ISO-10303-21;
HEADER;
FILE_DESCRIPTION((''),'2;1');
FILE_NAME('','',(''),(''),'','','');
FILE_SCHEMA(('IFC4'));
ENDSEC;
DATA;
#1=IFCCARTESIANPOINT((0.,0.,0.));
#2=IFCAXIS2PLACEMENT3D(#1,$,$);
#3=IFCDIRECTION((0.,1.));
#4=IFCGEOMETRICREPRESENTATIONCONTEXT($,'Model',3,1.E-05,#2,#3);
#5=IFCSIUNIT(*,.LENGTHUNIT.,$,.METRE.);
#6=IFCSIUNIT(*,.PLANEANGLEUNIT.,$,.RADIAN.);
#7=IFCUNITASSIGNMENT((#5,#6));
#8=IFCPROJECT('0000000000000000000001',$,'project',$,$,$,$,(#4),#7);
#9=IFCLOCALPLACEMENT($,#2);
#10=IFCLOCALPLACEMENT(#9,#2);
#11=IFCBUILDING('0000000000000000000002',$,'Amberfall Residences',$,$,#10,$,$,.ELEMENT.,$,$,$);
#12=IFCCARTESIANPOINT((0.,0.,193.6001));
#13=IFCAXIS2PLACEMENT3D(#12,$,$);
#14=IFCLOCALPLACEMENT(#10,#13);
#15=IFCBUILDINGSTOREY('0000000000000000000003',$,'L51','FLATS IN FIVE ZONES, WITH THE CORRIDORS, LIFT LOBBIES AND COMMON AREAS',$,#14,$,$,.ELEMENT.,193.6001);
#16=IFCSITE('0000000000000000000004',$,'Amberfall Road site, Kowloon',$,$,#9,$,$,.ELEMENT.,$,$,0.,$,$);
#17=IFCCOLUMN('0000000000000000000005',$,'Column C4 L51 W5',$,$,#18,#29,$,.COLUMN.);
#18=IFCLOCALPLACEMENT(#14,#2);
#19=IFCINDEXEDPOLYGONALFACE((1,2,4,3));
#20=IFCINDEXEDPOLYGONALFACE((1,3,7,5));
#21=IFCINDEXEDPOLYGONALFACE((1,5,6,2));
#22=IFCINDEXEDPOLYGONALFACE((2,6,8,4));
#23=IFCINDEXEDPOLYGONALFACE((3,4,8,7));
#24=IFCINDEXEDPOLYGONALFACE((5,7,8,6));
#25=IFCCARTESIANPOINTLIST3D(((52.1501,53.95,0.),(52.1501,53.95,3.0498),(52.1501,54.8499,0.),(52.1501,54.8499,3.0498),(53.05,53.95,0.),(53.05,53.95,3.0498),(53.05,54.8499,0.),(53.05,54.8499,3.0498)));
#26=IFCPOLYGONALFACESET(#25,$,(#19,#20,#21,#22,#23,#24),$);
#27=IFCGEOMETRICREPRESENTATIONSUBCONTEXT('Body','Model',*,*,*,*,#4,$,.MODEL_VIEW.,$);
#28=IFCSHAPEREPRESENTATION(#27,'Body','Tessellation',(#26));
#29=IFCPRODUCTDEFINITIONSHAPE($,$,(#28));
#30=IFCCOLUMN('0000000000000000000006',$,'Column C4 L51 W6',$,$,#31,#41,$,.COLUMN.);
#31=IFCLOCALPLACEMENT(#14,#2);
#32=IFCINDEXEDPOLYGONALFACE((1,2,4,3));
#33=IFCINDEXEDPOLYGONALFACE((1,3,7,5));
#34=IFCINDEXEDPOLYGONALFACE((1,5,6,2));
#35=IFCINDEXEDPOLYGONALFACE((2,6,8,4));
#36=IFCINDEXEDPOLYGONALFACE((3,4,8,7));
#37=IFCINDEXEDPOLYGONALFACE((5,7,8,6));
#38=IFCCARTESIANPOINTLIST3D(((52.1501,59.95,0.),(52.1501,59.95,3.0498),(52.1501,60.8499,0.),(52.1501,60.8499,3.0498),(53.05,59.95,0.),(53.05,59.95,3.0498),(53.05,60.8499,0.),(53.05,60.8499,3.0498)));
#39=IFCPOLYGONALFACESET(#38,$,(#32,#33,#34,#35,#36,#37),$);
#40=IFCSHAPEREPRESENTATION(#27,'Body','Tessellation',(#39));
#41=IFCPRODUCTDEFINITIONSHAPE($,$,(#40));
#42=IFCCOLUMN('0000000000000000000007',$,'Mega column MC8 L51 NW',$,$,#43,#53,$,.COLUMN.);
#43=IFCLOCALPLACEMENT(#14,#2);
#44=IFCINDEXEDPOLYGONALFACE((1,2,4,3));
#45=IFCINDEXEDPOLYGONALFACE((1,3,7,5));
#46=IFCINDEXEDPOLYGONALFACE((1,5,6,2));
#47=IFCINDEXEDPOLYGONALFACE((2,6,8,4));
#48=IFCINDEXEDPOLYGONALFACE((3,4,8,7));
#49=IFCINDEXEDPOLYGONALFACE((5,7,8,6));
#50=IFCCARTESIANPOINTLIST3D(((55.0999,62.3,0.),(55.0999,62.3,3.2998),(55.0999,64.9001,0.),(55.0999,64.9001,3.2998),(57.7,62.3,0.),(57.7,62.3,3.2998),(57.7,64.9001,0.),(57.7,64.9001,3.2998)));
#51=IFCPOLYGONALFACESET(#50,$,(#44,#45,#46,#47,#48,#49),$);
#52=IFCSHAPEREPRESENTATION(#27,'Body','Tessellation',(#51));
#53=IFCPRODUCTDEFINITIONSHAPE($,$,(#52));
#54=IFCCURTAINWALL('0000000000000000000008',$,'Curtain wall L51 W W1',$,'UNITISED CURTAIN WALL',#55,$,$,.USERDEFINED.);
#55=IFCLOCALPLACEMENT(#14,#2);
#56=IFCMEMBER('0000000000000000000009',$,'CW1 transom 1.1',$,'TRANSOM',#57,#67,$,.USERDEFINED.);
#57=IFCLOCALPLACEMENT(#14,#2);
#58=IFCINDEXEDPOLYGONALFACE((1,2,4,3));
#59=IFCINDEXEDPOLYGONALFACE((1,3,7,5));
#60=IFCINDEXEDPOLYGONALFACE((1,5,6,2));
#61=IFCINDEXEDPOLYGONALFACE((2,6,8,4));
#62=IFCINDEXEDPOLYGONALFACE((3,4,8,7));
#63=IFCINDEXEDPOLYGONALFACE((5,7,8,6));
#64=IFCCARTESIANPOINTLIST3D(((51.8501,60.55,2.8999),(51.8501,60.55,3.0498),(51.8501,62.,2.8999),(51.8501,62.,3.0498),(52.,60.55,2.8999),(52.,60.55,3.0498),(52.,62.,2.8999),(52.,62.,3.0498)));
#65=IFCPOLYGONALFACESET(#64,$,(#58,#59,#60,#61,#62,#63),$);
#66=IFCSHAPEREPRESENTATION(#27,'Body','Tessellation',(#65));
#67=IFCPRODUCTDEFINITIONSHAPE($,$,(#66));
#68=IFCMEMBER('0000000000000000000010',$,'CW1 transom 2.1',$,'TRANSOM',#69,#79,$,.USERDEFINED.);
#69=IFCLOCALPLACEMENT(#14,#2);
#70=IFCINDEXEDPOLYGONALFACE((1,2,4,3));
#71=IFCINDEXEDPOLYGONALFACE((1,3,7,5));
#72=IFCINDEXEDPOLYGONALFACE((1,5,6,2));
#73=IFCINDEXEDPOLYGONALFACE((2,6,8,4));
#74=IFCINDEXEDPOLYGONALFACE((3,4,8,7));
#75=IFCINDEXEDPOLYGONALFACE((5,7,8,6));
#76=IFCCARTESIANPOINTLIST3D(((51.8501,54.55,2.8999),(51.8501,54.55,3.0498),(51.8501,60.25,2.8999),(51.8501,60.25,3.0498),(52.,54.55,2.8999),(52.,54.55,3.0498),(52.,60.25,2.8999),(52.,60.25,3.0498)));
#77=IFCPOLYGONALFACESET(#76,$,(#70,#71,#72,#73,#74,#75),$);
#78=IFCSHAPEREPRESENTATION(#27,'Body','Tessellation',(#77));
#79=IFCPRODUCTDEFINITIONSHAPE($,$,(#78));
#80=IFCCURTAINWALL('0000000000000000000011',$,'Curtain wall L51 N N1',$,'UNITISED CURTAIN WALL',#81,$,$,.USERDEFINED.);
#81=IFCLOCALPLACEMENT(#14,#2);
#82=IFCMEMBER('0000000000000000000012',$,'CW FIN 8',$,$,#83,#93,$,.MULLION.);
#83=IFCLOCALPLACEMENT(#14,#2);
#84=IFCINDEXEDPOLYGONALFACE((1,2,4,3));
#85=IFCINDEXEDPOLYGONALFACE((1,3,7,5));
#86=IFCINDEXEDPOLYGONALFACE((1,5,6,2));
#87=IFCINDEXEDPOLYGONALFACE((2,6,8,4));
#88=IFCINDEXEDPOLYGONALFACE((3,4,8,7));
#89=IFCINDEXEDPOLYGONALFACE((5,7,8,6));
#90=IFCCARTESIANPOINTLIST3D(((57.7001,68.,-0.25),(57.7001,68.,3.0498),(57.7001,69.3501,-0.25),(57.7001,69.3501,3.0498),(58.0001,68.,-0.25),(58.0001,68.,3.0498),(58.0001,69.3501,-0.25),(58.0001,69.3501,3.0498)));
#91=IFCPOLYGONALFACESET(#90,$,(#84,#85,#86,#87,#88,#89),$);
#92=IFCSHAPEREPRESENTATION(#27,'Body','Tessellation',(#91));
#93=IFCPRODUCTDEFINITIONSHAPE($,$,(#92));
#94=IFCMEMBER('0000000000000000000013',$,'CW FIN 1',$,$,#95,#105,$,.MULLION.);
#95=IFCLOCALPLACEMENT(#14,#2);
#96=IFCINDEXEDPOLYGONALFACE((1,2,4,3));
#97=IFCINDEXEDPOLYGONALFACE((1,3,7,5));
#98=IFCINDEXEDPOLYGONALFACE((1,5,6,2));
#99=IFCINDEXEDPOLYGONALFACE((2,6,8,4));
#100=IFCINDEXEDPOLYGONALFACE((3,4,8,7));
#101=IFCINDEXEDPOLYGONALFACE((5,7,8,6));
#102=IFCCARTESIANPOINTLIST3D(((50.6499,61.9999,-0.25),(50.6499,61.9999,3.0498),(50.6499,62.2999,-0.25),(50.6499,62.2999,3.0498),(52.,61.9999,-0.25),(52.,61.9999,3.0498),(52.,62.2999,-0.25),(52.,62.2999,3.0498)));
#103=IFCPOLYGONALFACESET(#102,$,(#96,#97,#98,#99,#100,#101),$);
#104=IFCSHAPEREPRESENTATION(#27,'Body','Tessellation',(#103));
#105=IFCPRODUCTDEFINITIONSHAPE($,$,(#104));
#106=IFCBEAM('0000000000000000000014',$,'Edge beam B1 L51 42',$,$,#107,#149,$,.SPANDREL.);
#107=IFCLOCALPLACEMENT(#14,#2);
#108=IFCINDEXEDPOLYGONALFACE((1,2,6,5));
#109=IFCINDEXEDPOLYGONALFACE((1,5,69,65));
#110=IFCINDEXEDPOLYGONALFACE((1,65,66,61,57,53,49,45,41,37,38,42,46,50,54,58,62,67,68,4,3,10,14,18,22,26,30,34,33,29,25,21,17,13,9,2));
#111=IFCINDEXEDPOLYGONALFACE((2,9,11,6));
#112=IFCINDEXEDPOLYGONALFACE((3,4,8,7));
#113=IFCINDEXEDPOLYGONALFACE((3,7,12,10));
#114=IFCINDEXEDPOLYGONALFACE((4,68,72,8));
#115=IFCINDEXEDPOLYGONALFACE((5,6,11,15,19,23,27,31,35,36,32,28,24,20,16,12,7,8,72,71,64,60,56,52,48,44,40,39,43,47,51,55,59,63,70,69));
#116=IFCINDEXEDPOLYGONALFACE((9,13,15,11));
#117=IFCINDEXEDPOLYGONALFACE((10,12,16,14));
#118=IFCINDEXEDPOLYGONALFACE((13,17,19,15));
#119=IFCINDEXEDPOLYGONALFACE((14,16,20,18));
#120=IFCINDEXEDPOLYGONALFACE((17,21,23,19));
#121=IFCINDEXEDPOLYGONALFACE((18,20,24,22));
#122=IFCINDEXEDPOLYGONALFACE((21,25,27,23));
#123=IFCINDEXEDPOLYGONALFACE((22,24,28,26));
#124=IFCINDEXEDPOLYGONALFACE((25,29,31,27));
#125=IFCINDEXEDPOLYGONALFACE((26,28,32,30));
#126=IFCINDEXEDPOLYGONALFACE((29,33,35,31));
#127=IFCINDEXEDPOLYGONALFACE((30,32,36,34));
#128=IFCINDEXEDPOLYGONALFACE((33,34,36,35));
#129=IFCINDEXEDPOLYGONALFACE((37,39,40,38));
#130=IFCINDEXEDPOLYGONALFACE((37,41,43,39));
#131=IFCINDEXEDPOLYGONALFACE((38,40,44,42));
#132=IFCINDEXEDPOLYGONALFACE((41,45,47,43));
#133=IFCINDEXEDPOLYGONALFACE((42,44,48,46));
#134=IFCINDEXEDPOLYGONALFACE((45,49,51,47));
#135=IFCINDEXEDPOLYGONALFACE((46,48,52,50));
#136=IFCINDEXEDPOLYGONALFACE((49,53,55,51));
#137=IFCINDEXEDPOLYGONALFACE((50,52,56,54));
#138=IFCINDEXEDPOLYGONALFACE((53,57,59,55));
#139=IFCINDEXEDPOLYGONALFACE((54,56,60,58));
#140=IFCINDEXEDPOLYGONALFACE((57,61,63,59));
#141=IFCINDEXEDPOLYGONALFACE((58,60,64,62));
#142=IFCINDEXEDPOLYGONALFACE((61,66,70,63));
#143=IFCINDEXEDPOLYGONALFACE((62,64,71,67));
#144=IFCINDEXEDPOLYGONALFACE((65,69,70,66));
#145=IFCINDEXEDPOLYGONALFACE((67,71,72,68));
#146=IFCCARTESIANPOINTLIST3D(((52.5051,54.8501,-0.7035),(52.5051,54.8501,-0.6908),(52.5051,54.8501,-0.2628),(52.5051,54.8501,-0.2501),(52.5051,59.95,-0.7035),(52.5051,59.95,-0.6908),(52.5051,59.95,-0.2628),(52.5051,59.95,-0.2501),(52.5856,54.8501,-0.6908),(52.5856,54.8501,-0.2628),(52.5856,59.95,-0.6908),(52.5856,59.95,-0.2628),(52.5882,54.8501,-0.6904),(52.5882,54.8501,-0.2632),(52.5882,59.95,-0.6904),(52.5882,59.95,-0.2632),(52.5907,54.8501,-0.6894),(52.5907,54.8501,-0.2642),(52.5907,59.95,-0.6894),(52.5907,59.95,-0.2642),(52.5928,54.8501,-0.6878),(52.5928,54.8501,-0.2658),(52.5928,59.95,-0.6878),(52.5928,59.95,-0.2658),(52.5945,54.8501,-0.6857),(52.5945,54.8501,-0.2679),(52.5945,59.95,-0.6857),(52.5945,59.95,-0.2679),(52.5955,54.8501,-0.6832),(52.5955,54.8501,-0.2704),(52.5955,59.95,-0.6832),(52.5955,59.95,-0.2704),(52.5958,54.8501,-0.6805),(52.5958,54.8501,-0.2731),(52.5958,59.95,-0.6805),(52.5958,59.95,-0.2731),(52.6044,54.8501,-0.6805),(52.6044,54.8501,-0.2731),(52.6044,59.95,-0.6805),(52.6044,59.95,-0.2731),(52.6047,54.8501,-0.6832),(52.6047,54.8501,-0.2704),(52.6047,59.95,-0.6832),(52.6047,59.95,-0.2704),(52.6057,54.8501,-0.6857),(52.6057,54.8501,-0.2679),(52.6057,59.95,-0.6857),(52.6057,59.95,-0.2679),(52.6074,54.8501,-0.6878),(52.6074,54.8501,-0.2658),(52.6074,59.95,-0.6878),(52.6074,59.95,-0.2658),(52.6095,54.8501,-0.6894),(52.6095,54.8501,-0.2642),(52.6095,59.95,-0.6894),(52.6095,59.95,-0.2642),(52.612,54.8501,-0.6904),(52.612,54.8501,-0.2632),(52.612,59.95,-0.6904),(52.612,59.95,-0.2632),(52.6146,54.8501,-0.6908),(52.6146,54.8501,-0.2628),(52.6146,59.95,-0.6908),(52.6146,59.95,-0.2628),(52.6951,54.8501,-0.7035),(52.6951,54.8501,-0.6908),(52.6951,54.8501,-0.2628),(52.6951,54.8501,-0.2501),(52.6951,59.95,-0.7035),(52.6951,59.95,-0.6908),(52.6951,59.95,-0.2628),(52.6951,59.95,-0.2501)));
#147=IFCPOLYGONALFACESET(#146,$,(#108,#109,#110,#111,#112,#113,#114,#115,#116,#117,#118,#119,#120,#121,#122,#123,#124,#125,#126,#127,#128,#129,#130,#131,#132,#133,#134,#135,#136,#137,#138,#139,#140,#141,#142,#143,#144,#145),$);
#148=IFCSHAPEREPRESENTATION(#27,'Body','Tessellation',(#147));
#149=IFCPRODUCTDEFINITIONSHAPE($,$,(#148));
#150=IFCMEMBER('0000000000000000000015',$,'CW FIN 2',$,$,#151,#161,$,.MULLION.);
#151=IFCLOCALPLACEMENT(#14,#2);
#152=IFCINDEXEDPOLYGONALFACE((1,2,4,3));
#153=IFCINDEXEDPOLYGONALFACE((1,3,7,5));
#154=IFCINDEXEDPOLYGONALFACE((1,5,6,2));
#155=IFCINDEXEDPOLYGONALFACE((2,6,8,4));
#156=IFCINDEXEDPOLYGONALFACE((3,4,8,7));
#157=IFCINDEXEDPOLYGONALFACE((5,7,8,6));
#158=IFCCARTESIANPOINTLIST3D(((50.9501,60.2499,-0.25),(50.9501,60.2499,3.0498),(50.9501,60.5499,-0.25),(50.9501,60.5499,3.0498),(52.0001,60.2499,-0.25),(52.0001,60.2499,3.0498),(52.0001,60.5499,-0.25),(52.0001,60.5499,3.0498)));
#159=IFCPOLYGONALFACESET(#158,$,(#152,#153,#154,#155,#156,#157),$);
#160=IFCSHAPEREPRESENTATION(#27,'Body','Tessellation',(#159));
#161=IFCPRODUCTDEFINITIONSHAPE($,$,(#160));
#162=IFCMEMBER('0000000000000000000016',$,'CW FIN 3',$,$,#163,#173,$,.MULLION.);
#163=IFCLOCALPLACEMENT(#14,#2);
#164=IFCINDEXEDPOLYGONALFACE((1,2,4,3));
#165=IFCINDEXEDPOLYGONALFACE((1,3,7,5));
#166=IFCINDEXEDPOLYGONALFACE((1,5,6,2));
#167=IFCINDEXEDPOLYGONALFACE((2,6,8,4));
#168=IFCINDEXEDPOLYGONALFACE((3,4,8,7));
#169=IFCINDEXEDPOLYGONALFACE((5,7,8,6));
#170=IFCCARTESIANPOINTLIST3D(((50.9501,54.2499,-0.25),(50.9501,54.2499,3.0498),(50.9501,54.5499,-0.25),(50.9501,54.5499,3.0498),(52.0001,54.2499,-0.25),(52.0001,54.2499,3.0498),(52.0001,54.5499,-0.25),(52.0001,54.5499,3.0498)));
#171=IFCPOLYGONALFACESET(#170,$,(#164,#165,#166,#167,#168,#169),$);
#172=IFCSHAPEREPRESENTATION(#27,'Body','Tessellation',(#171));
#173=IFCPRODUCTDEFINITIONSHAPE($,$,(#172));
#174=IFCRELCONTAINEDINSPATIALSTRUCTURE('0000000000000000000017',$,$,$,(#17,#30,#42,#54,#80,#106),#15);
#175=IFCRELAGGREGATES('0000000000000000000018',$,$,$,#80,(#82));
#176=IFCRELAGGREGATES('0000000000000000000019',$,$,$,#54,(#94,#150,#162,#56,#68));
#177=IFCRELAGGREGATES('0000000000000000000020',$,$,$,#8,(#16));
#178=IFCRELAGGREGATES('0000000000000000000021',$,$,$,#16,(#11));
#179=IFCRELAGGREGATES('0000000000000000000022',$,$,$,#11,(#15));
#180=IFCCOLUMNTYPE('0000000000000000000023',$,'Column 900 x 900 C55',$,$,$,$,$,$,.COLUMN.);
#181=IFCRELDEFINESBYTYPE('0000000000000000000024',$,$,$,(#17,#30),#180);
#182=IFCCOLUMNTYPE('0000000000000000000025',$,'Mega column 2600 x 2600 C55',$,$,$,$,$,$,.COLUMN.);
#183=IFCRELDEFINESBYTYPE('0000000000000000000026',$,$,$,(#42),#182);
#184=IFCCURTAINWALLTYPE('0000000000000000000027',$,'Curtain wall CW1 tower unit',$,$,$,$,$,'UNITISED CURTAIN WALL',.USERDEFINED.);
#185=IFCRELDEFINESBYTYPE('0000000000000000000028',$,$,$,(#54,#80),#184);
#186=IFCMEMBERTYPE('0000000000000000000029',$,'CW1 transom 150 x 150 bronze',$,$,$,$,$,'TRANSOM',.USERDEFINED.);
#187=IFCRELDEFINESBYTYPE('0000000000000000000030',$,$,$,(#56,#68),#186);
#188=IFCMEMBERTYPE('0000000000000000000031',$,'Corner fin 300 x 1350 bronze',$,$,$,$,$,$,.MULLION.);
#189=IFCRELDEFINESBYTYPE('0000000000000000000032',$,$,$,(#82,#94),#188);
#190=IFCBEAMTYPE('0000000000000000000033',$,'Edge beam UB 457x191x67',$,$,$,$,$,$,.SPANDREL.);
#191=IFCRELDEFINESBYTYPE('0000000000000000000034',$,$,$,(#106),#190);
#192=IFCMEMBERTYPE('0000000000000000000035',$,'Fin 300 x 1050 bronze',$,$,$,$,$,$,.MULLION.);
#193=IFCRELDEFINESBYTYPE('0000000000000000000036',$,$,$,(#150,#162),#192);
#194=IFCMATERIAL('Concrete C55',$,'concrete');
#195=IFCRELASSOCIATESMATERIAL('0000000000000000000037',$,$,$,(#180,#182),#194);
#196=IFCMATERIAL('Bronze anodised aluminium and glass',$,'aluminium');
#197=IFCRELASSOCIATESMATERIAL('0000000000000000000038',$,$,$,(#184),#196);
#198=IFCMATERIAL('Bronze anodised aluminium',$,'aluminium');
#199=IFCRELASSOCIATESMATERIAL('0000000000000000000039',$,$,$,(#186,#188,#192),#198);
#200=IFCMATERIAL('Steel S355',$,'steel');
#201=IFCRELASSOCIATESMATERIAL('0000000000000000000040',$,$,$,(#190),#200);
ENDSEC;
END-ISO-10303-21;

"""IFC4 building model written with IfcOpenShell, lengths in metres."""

from ifc_helpers import new_model, si_unit, direction, frame, origin, origin_2d, place, context, subcontext, project, spatial, rectangle, i_section, extrude, material, material_profile, profile_set, type_object, element, aggregate, save


model = new_model("IFC4")

# Units and contexts
model_context = context("Model", 3, precision=1e-05, world=origin(), true_north=direction((0.0, 1.0)))
body_context = subcontext(model_context, "Body", "Model", "MODEL_VIEW")
ifc_project = project(units=[si_unit("LENGTHUNIT", "METRE"), si_unit("PLANEANGLEUNIT", "RADIAN")], contexts=[model_context])

# Site, building, storey
site_placement = place(None, origin())
site = spatial("IfcSite", under=ifc_project, at=site_placement, Name="Amberfall Road site, Kowloon", CompositionType="ELEMENT", RefElevation=0.0)
building_placement = place(site_placement, origin())
building = spatial("IfcBuilding", under=site, at=building_placement, Name="Amberfall Residences", CompositionType="ELEMENT")
storey_placement = place(building_placement, frame((0.0, 0.0, 193.6001)))
storey = spatial("IfcBuildingStorey", under=building, at=storey_placement, Name="L51", Description="FLATS IN FIVE ZONES, WITH THE CORRIDORS, LIFT LOBBIES AND COMMON AREAS", CompositionType="ELEMENT", Elevation=193.6001)

# Columns
ifc_material_1 = material(Name="Concrete C55", Category="concrete")
ifc_material_profile_1 = material_profile(ifc_material_1, rectangle(XDim=0.8999, YDim=0.8999, at=origin_2d()), Name="Column 900 x 900 C55")
ifc_profile_set_1 = profile_set([ifc_material_profile_1], Name="Concrete C55")
column_type_1 = type_object("IfcColumnType", Name="Column 900 x 900 C55", PredefinedType="COLUMN", material=ifc_profile_set_1)
for number, where, z_axis, x_axis, name in (
    (1, (52.6001, 54.3999, 0.0), (0.0, 0.0, 1.0), (1.0, 0.0, 0.0), "Column C4 L51 W5"),
    (2, (52.6001, 60.3999, 0.0), (0.0, 0.0, 1.0), (1.0, 0.0, 0.0), "Column C4 L51 W6"),
):
    element("IfcColumn", number, at=place(storey_placement, frame(where, z_axis=z_axis, x_axis=x_axis)), inside=storey, type_object=column_type_1, Name=name, PredefinedType="COLUMN", context=body_context, shape_type="SweptSolid", body=[
        extrude(rectangle(XDim=0.8999, YDim=0.8999, at=origin_2d()), origin(), (0.0, 0.0, 1.0), 3.0498),
    ])
ifc_material_profile_2 = material_profile(ifc_material_1, rectangle(XDim=2.6001, YDim=2.6001, at=origin_2d()), Name="Mega column 2600 x 2600 C55")
ifc_profile_set_2 = profile_set([ifc_material_profile_2], Name="Concrete C55")
column_type_2 = type_object("IfcColumnType", Name="Mega column 2600 x 2600 C55", PredefinedType="COLUMN", material=ifc_profile_set_2)
column_placement = place(storey_placement, frame((56.3999, 63.6001, 0.0), z_axis=(0.0, 0.0, 1.0), x_axis=(1.0, 0.0, 0.0)))
element("IfcColumn", 3, at=column_placement, inside=storey, type_object=column_type_2, Name="Mega column MC8 L51 NW", PredefinedType="COLUMN", context=body_context, shape_type="SweptSolid", body=[
    extrude(rectangle(XDim=2.6001, YDim=2.6001, at=origin_2d()), origin(), (0.0, 0.0, 1.0), 3.2998),
])

# Curtain wall, members
ifc_material_2 = material(Name="Bronze anodised aluminium and glass", Category="aluminium")
curtain_wall_type = type_object("IfcCurtainWallType", Name="Curtain wall CW1 tower unit", ElementType="UNITISED CURTAIN WALL", PredefinedType="USERDEFINED", material=ifc_material_2)
curtain_wall_1_placement = place(storey_placement, origin())
curtain_wall_1 = element("IfcCurtainWall", 4, at=curtain_wall_1_placement, inside=storey, type_object=curtain_wall_type, Name="Curtain wall L51 W W1", ObjectType="UNITISED CURTAIN WALL", PredefinedType="USERDEFINED")
ifc_material_3 = material(Name="Bronze anodised aluminium", Category="aluminium")
ifc_material_profile_3 = material_profile(ifc_material_3, rectangle(XDim=0.1499, YDim=0.1499, at=origin_2d()), Name="CW1 transom 150 x 150 bronze")
ifc_profile_set_3 = profile_set([ifc_material_profile_3], Name="Bronze anodised aluminium")
member_type_1 = type_object("IfcMemberType", Name="CW1 transom 150 x 150 bronze", ElementType="TRANSOM", PredefinedType="USERDEFINED", material=ifc_profile_set_3)
member_1_placement = place(storey_placement, frame((51.925, 62.0, 2.9749), z_axis=(0.0, -1.0, 0.0), x_axis=(1.0, 0.0, 0.0)))
member_1 = element("IfcMember", 5, at=member_1_placement, type_object=member_type_1, Name="CW1 transom 1.1", ObjectType="TRANSOM", PredefinedType="USERDEFINED", context=body_context, shape_type="SweptSolid", body=[
    extrude(rectangle(XDim=0.1499, YDim=0.1499, at=origin_2d()), origin(), (0.0, 0.0, 1.0), 1.45),
])
member_2_placement = place(storey_placement, frame((51.925, 60.25, 2.9749), z_axis=(0.0, -1.0, 0.0), x_axis=(1.0, 0.0, 0.0)))
member_2 = element("IfcMember", 6, at=member_2_placement, type_object=member_type_1, Name="CW1 transom 2.1", ObjectType="TRANSOM", PredefinedType="USERDEFINED", context=body_context, shape_type="SweptSolid", body=[
    extrude(rectangle(XDim=0.1499, YDim=0.1499, at=origin_2d()), origin(), (0.0, 0.0, 1.0), 5.7),
])

# Curtain wall, member
curtain_wall_2_placement = place(storey_placement, origin())
curtain_wall_2 = element("IfcCurtainWall", 7, at=curtain_wall_2_placement, inside=storey, type_object=curtain_wall_type, Name="Curtain wall L51 N N1", ObjectType="UNITISED CURTAIN WALL", PredefinedType="USERDEFINED")
ifc_material_profile_4 = material_profile(ifc_material_3, rectangle(XDim=1.3501, YDim=0.3, at=origin_2d()), Name="Corner fin 300 x 1350 bronze")
ifc_profile_set_4 = profile_set([ifc_material_profile_4], Name="Bronze anodised aluminium")
member_type_2 = type_object("IfcMemberType", Name="Corner fin 300 x 1350 bronze", PredefinedType="MULLION", material=ifc_profile_set_4)
member_3_placement = place(storey_placement, frame((57.8501, 68.675, -0.25), z_axis=(0.0, 0.0, 1.0), x_axis=(0.0, -1.0, 0.0)))
member_3 = element("IfcMember", 8, at=member_3_placement, type_object=member_type_2, Name="CW FIN 8", PredefinedType="MULLION", context=body_context, shape_type="SweptSolid", body=[
    extrude(rectangle(XDim=1.3501, YDim=0.3, at=origin_2d()), origin(), (0.0, 0.0, 1.0), 3.2998),
])

# Member
member_4_placement = place(storey_placement, frame((51.325, 62.1499, -0.25), z_axis=(0.0, 0.0, 1.0), x_axis=(1.0, 0.0, 0.0)))
member_4 = element("IfcMember", 9, at=member_4_placement, type_object=member_type_2, Name="CW FIN 1", PredefinedType="MULLION", context=body_context, shape_type="SweptSolid", body=[
    extrude(rectangle(XDim=1.3501, YDim=0.3, at=origin_2d()), origin(), (0.0, 0.0, 1.0), 3.2998),
])

# Beam
ifc_material_4 = material(Name="Steel S355", Category="steel")
ifc_material_profile_5 = material_profile(ifc_material_4, i_section(OverallWidth=0.1899, OverallDepth=0.4534, WebThickness=0.0085, FlangeThickness=0.0127, FilletRadius=0.0103, at=origin_2d()), Name="UB 457x191x67")
ifc_profile_set_5 = profile_set([ifc_material_profile_5], Name="Steel S355")
beam_type_1 = type_object("IfcBeamType", Name="Edge beam UB 457x191x67", PredefinedType="SPANDREL", material=ifc_profile_set_5)
beam_1_placement = place(storey_placement, frame((52.6001, 54.8501, -0.4768), z_axis=(0.0, 1.0, 0.0), x_axis=(-1.0, 0.0, 0.0)))
element("IfcBeam", 10, at=beam_1_placement, inside=storey, type_object=beam_type_1, Name="Edge beam B1 L51 42", PredefinedType="SPANDREL", context=body_context, shape_type="SweptSolid", body=[
    extrude(i_section(OverallWidth=0.1899, OverallDepth=0.4534, WebThickness=0.0085, FlangeThickness=0.0127, FilletRadius=0.0103, at=origin_2d()), origin(), (0.0, 0.0, 1.0), 5.0999),
])

# Members
ifc_material_profile_6 = material_profile(ifc_material_3, rectangle(XDim=1.05, YDim=0.3, at=origin_2d()), Name="Fin 300 x 1050 bronze")
ifc_profile_set_6 = profile_set([ifc_material_profile_6], Name="Bronze anodised aluminium")
member_type_3 = type_object("IfcMemberType", Name="Fin 300 x 1050 bronze", PredefinedType="MULLION", material=ifc_profile_set_6)
member_5_placement = place(storey_placement, frame((51.4751, 60.3999, -0.25), z_axis=(0.0, 0.0, 1.0), x_axis=(1.0, 0.0, 0.0)))
member_5 = element("IfcMember", 11, at=member_5_placement, type_object=member_type_3, Name="CW FIN 2", PredefinedType="MULLION", context=body_context, shape_type="SweptSolid", body=[
    extrude(rectangle(XDim=1.05, YDim=0.3, at=origin_2d()), origin(), (0.0, 0.0, 1.0), 3.2998),
])
member_6_placement = place(storey_placement, frame((51.4751, 54.3999, -0.25), z_axis=(0.0, 0.0, 1.0), x_axis=(1.0, 0.0, 0.0)))
member_6 = element("IfcMember", 12, at=member_6_placement, type_object=member_type_3, Name="CW FIN 3", PredefinedType="MULLION", context=body_context, shape_type="SweptSolid", body=[
    extrude(rectangle(XDim=1.05, YDim=0.3, at=origin_2d()), origin(), (0.0, 0.0, 1.0), 3.2998),
])

aggregate(curtain_wall_2, [member_3])
aggregate(curtain_wall_1, [member_4, member_5, member_6, member_1, member_2])

save(model, "model.ifc")
